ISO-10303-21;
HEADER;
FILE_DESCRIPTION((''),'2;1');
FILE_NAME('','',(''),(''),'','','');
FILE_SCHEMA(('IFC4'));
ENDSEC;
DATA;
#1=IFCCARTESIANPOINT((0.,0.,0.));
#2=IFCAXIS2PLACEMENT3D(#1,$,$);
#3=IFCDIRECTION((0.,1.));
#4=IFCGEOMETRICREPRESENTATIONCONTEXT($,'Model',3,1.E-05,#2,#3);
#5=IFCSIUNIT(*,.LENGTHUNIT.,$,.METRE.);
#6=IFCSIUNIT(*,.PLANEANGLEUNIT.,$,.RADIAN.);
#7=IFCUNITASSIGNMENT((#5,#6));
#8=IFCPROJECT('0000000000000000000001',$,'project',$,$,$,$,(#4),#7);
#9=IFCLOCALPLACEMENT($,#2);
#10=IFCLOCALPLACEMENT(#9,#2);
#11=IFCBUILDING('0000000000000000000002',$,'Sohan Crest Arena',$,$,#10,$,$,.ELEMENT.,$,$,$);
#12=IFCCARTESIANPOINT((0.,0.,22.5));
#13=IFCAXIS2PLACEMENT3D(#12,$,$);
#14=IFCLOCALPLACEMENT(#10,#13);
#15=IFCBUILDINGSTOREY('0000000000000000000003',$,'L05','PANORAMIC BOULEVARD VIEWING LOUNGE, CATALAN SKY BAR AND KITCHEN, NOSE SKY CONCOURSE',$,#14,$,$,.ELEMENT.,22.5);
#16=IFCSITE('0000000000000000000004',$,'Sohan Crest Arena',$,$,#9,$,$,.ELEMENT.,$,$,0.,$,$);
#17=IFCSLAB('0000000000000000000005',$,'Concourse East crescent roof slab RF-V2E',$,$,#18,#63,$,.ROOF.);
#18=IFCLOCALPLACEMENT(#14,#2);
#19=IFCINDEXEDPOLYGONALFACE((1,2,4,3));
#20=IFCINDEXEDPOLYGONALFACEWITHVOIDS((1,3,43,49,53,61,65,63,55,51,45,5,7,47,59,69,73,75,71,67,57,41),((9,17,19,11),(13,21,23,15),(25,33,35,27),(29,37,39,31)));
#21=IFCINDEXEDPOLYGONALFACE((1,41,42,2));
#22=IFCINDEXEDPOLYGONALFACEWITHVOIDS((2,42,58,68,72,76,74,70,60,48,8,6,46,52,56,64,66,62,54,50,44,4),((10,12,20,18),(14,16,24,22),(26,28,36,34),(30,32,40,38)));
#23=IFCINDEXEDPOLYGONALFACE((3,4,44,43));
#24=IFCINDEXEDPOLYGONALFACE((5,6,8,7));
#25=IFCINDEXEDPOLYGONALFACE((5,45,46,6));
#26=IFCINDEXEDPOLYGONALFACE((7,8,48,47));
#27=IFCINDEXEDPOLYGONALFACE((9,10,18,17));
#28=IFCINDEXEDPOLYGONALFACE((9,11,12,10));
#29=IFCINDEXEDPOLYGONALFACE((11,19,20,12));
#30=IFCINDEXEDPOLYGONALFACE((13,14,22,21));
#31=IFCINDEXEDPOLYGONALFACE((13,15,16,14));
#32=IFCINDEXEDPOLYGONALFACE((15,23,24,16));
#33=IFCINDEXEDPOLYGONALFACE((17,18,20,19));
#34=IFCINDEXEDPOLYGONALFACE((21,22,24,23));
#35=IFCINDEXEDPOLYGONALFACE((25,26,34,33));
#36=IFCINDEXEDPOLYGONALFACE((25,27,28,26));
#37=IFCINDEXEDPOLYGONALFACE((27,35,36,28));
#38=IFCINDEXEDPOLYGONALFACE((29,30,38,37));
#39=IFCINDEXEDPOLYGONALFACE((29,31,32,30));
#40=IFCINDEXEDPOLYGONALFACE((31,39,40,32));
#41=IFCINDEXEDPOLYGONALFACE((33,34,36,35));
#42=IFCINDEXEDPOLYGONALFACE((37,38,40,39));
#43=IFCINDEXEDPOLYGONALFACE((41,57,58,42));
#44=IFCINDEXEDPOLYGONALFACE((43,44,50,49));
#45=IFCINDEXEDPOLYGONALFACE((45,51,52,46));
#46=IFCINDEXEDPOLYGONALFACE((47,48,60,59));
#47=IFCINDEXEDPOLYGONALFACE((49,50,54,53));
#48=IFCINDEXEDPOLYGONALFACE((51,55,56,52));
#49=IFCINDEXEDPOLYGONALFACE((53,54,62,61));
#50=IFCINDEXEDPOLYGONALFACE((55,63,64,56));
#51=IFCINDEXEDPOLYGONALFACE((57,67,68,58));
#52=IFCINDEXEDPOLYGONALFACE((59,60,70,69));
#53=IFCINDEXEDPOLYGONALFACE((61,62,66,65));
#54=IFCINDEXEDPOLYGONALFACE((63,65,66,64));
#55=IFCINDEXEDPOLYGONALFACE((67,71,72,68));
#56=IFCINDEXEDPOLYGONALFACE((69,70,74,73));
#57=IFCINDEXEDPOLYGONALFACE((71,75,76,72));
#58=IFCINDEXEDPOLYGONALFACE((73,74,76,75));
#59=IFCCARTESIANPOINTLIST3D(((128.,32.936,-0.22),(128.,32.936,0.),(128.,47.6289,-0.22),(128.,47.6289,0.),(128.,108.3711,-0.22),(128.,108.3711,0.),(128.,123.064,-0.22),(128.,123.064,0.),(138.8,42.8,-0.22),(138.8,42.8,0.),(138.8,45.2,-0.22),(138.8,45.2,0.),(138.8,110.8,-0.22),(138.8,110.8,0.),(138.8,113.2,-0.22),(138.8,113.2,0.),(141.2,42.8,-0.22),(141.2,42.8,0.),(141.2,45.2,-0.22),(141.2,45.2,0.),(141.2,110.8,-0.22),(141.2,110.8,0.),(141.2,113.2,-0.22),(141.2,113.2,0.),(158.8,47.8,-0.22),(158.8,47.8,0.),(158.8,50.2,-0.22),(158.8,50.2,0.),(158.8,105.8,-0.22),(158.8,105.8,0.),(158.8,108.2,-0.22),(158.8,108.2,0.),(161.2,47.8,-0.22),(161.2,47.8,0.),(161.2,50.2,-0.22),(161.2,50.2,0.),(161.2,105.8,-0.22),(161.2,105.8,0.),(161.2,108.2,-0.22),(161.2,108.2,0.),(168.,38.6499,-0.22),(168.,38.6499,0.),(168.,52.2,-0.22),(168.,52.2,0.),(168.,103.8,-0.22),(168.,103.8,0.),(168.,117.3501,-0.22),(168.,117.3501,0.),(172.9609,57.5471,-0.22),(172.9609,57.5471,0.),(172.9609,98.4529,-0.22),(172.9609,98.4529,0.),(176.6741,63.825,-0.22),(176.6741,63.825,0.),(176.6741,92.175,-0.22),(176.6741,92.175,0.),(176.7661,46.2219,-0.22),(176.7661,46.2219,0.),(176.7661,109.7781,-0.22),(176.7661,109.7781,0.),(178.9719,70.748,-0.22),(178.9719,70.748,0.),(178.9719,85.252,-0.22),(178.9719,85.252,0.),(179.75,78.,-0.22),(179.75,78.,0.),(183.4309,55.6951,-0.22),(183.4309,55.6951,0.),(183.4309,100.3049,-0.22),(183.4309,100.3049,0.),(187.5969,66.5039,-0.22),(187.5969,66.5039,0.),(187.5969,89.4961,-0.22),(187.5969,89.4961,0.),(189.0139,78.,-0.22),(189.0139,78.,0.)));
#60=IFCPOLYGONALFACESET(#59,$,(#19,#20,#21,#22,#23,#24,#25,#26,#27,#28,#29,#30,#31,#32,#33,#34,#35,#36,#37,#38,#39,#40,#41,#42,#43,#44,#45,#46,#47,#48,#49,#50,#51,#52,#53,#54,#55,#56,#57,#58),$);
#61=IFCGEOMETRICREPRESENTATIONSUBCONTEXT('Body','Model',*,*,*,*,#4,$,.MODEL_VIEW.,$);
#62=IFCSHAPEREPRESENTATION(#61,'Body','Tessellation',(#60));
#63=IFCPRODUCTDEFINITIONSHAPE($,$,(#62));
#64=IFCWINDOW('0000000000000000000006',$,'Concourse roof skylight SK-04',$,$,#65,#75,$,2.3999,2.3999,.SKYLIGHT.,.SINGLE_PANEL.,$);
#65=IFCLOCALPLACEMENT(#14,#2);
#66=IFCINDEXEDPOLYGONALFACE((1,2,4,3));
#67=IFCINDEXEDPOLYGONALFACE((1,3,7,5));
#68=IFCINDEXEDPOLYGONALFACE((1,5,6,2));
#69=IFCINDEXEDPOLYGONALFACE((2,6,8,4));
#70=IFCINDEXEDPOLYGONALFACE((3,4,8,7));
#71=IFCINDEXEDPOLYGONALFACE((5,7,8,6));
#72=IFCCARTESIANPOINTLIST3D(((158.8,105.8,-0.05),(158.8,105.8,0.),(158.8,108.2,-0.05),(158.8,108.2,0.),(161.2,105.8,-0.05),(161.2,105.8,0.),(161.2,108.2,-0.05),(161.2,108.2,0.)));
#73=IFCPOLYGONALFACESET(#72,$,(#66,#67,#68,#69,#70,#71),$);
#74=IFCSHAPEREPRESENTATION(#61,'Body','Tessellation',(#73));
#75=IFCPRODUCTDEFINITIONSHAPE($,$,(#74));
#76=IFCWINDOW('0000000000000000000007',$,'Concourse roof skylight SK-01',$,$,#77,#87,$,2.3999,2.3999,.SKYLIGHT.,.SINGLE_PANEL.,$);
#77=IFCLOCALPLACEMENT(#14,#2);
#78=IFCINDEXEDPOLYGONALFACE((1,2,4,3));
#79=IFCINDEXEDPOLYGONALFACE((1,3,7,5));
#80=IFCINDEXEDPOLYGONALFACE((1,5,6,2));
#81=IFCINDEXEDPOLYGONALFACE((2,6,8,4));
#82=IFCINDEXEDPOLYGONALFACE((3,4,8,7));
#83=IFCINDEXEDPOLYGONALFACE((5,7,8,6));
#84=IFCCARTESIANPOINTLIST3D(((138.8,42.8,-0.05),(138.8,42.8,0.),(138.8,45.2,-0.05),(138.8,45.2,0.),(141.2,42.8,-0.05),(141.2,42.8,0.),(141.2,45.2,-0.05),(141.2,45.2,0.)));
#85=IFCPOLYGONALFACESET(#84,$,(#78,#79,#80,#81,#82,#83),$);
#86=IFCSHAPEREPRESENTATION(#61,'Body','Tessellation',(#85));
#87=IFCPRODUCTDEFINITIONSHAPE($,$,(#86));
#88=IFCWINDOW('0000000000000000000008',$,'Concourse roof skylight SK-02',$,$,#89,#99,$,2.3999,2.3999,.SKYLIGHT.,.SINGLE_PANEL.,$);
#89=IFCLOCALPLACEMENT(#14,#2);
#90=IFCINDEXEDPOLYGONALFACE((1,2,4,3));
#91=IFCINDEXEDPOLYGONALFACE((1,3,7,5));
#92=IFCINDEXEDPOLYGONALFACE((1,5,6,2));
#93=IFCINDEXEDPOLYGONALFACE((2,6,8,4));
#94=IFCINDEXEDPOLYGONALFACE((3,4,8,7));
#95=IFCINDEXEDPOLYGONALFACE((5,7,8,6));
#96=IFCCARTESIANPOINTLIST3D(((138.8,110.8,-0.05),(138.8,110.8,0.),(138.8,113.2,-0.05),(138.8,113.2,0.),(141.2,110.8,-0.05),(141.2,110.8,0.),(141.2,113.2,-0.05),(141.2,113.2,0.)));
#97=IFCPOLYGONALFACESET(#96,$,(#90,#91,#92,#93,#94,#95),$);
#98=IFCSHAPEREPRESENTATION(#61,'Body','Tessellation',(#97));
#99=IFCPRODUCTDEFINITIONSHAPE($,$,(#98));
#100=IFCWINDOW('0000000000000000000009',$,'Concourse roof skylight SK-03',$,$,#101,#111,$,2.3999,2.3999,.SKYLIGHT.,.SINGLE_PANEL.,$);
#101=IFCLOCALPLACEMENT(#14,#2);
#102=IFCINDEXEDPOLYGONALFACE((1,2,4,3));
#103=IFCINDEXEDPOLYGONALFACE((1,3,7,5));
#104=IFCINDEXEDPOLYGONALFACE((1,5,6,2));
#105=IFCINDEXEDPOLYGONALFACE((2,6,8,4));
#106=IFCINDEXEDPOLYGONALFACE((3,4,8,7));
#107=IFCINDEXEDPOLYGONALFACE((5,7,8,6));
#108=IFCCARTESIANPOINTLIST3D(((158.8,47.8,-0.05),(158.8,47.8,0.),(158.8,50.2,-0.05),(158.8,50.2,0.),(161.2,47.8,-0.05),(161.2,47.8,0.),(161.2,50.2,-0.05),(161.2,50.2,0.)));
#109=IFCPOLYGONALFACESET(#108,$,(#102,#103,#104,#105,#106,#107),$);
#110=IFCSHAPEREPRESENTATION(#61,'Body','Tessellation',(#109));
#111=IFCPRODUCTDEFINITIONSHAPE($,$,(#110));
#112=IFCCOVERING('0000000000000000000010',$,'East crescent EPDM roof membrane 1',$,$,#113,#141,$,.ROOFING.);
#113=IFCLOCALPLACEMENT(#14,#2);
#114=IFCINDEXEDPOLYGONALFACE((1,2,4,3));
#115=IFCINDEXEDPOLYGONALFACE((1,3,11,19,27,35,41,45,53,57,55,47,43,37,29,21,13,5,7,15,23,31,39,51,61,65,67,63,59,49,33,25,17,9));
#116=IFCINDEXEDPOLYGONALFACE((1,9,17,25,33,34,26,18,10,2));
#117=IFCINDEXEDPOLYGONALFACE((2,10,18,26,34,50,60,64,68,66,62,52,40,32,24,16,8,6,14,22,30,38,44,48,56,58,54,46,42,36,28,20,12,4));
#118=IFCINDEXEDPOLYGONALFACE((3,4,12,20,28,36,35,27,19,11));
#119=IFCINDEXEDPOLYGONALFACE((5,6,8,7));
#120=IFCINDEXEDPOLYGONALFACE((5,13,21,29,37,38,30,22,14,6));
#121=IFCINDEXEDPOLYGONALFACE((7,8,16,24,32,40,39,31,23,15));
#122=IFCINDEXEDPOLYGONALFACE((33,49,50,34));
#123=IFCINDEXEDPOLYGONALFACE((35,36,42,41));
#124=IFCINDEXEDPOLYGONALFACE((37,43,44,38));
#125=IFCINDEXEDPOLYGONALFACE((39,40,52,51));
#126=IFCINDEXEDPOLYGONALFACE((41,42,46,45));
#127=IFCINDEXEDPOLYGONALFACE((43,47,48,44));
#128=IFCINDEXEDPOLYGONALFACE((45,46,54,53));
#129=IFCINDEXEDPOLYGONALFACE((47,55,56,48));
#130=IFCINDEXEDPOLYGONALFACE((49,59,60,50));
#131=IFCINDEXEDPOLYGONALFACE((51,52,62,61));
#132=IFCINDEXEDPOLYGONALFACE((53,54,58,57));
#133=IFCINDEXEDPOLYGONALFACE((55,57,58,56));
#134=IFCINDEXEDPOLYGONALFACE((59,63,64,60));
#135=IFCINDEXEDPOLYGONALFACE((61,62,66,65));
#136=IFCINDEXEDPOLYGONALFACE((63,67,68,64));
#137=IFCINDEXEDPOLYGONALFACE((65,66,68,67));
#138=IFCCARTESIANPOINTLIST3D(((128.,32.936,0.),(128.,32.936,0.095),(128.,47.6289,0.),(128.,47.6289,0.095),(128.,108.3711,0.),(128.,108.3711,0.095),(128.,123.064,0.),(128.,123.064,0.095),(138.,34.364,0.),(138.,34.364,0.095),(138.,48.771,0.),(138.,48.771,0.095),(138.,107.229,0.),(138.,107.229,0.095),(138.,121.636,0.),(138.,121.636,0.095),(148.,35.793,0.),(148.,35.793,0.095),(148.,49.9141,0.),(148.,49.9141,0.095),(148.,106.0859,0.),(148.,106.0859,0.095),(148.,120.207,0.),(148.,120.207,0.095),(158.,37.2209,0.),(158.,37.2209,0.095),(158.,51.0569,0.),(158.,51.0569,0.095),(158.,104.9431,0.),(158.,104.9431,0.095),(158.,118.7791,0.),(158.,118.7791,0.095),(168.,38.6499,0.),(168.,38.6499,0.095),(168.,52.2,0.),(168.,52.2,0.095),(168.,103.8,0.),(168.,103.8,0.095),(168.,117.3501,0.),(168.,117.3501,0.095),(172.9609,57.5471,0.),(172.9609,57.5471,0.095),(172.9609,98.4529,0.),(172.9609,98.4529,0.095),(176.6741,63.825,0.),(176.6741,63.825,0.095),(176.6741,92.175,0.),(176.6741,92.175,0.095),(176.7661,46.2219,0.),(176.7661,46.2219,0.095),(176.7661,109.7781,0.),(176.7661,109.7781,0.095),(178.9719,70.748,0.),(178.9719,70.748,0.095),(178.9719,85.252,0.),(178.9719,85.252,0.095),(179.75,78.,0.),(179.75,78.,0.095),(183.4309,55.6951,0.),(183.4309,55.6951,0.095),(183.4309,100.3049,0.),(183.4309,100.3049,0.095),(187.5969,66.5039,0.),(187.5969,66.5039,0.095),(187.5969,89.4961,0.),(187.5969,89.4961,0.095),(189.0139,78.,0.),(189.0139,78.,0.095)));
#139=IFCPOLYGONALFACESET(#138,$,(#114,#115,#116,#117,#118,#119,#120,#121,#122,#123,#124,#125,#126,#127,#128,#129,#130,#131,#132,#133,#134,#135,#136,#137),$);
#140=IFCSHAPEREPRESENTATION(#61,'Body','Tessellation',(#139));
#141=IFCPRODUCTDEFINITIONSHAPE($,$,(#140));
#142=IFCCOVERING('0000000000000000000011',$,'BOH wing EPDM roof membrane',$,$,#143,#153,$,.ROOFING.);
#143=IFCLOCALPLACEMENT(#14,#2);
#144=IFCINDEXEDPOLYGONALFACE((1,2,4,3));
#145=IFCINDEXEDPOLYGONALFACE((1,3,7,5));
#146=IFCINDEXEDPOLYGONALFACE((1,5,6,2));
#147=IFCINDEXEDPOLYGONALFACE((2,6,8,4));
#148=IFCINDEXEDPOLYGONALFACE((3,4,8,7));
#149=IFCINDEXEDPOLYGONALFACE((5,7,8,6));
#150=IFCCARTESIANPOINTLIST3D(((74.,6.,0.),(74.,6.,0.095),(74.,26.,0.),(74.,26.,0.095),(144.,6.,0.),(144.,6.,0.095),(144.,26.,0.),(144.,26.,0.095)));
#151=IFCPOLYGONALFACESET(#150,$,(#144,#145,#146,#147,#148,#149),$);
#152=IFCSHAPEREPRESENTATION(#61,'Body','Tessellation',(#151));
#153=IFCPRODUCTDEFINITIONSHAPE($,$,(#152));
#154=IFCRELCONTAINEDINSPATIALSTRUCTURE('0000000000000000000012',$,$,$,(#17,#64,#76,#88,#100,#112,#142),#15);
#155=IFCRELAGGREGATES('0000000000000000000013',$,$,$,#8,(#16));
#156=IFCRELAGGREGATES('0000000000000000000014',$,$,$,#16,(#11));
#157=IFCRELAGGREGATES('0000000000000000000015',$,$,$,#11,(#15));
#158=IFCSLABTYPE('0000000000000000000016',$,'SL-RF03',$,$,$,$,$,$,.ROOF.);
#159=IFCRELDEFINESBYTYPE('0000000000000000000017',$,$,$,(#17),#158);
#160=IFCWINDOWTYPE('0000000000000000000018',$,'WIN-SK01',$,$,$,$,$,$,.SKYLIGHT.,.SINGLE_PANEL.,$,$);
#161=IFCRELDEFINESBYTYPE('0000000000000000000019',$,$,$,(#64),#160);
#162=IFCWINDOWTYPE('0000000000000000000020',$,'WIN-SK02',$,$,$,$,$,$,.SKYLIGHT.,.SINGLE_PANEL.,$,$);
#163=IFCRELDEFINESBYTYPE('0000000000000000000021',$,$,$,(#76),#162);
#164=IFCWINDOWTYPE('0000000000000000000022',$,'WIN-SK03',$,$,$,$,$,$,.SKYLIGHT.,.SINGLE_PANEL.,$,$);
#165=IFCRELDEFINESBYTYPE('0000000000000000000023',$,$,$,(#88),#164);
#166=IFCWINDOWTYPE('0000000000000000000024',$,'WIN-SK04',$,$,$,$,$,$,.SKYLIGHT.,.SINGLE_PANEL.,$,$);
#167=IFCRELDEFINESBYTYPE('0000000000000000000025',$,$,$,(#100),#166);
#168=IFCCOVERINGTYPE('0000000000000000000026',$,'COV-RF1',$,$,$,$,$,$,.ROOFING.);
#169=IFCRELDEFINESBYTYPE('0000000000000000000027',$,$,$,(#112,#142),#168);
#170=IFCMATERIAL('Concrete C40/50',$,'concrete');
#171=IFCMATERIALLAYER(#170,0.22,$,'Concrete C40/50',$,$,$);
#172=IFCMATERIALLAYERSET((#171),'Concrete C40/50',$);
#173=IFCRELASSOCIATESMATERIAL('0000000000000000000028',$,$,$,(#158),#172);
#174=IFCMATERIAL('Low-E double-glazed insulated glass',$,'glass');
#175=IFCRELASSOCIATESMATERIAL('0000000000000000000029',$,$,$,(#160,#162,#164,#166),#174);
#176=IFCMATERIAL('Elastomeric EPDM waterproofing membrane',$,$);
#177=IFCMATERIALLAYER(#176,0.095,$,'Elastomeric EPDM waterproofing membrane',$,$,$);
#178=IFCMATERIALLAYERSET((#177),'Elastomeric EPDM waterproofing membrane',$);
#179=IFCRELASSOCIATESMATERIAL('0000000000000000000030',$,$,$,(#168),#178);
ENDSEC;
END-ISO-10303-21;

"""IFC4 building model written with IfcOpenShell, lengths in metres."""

from ifc_helpers import new_model, si_unit, direction, frame, origin, origin_2d, place, context, subcontext, project, spatial, polyline, rectangle, outline, extrude, material, layer, layer_set, type_object, element, fill, save


model = new_model("IFC4")

# Units and contexts
model_context = context("Model", 3, precision=1e-05, world=origin(), true_north=direction((0.0, 1.0)))
body_context = subcontext(model_context, "Body", "Model", "MODEL_VIEW")
ifc_project = project(units=[si_unit("LENGTHUNIT", "METRE"), si_unit("PLANEANGLEUNIT", "RADIAN")], contexts=[model_context])

# Site, building, storey
site_placement = place(None, origin())
site = spatial("IfcSite", under=ifc_project, at=site_placement, Name="Sohan Crest Arena", CompositionType="ELEMENT", RefElevation=0.0)
building_placement = place(site_placement, origin())
building = spatial("IfcBuilding", under=site, at=building_placement, Name="Sohan Crest Arena", CompositionType="ELEMENT")
storey_placement = place(building_placement, frame((0.0, 0.0, 22.5)))
storey = spatial("IfcBuildingStorey", under=building, at=storey_placement, Name="L05", Description="PANORAMIC BOULEVARD VIEWING LOUNGE, CATALAN SKY BAR AND KITCHEN, NOSE SKY CONCOURSE", CompositionType="ELEMENT", Elevation=22.5)

# Shared definitions
ifc_material_1 = material(Name="Concrete C40/50", Category="concrete")

# Slab, openings, windows
ifc_layer_1 = layer(ifc_material_1, 0.22, Name="Concrete C40/50")
ifc_layer_set_1 = layer_set([ifc_layer_1], Name="Concrete C40/50")
slab_type_1 = type_object("IfcSlabType", Name="SL-RF03", PredefinedType="ROOF", material=ifc_layer_set_1)
slab_1_placement = place(storey_placement, frame((0.0, 0.0, -0.22)))
slab_1 = element("IfcSlab", 1, at=slab_1_placement, inside=storey, type_object=slab_type_1, Name="Concourse East crescent roof slab RF-V2E", PredefinedType="ROOF", context=body_context, shape_type="SweptSolid", body=[
    extrude(outline(polyline([(128.0, 123.064), (168.0, 117.3501), (176.7661, 109.7781), (183.4309, 100.3049), (187.5969, 89.4961), (189.0139, 78.0), (187.5969, 66.5039), (183.4309, 55.6951), (176.7661, 46.2219), (168.0, 38.6499), (128.0, 32.936), (128.0, 47.6289), (168.0, 52.2), (172.9609, 57.5471), (176.6741, 63.825), (178.9719, 70.748), (179.75, 78.0), (178.9719, 85.252), (176.6741, 92.175), (172.9609, 98.4529), (168.0, 103.8), (128.0, 108.3711), (128.0, 123.064)])), origin(), (0.0, 0.0, 1.0), 0.22),
])
opening_1_placement = place(slab_1_placement, frame((140.0, 44.0, 0.0)))
opening_1 = element("IfcOpeningElement", 2, at=opening_1_placement, cuts=slab_1, PredefinedType="OPENING", context=body_context, shape_type="SweptSolid", body=[
    extrude(rectangle(XDim=2.3999, YDim=2.3999, at=origin_2d()), origin(), (0.0, 0.0, 1.0), 0.22),
])
opening_2_placement = place(slab_1_placement, frame((140.0, 112.0, 0.0)))
opening_2 = element("IfcOpeningElement", 3, at=opening_2_placement, cuts=slab_1, PredefinedType="OPENING", context=body_context, shape_type="SweptSolid", body=[
    extrude(rectangle(XDim=2.3999, YDim=2.3999, at=origin_2d()), origin(), (0.0, 0.0, 1.0), 0.22),
])
opening_3_placement = place(slab_1_placement, frame((160.0, 49.0, 0.0)))
opening_3 = element("IfcOpeningElement", 4, at=opening_3_placement, cuts=slab_1, PredefinedType="OPENING", context=body_context, shape_type="SweptSolid", body=[
    extrude(rectangle(XDim=2.3999, YDim=2.3999, at=origin_2d()), origin(), (0.0, 0.0, 1.0), 0.22),
])
opening_4_placement = place(slab_1_placement, frame((160.0, 107.0, 0.0)))
opening_4 = element("IfcOpeningElement", 5, at=opening_4_placement, cuts=slab_1, PredefinedType="OPENING", context=body_context, shape_type="SweptSolid", body=[
    extrude(rectangle(XDim=2.3999, YDim=2.3999, at=origin_2d()), origin(), (0.0, 0.0, 1.0), 0.22),
])
ifc_material_2 = material(Name="Low-E double-glazed insulated glass", Category="glass")
window_type_1 = type_object("IfcWindowType", Name="WIN-SK01", PartitioningType="SINGLE_PANEL", PredefinedType="SKYLIGHT", material=ifc_material_2)
window_1_placement = place(opening_4_placement, frame((0.0, 0.0, 0.1699)))
window_1 = element("IfcWindow", 6, at=window_1_placement, inside=storey, type_object=window_type_1, Name="Concourse roof skylight SK-04", OverallHeight=2.3999, OverallWidth=2.3999, PartitioningType="SINGLE_PANEL", PredefinedType="SKYLIGHT", context=body_context, shape_type="SweptSolid", body=[
    extrude(rectangle(XDim=2.3999, YDim=2.3999, at=origin_2d()), origin(), (0.0, 0.0, 1.0), 0.05),
])
fill(opening_4, window_1)
window_type_2 = type_object("IfcWindowType", Name="WIN-SK02", PartitioningType="SINGLE_PANEL", PredefinedType="SKYLIGHT", material=ifc_material_2)
window_2_placement = place(opening_1_placement, frame((0.0, 0.0, 0.1699)))
window_2 = element("IfcWindow", 7, at=window_2_placement, inside=storey, type_object=window_type_2, Name="Concourse roof skylight SK-01", OverallHeight=2.3999, OverallWidth=2.3999, PartitioningType="SINGLE_PANEL", PredefinedType="SKYLIGHT", context=body_context, shape_type="SweptSolid", body=[
    extrude(rectangle(XDim=2.3999, YDim=2.3999, at=origin_2d()), origin(), (0.0, 0.0, 1.0), 0.05),
])
fill(opening_1, window_2)
window_type_3 = type_object("IfcWindowType", Name="WIN-SK03", PartitioningType="SINGLE_PANEL", PredefinedType="SKYLIGHT", material=ifc_material_2)
window_3_placement = place(opening_2_placement, frame((0.0, 0.0, 0.1699)))
window_3 = element("IfcWindow", 8, at=window_3_placement, inside=storey, type_object=window_type_3, Name="Concourse roof skylight SK-02", OverallHeight=2.3999, OverallWidth=2.3999, PartitioningType="SINGLE_PANEL", PredefinedType="SKYLIGHT", context=body_context, shape_type="SweptSolid", body=[
    extrude(rectangle(XDim=2.3999, YDim=2.3999, at=origin_2d()), origin(), (0.0, 0.0, 1.0), 0.05),
])
fill(opening_2, window_3)
window_type_4 = type_object("IfcWindowType", Name="WIN-SK04", PartitioningType="SINGLE_PANEL", PredefinedType="SKYLIGHT", material=ifc_material_2)
window_4_placement = place(opening_3_placement, frame((0.0, 0.0, 0.1699)))
window_4 = element("IfcWindow", 9, at=window_4_placement, inside=storey, type_object=window_type_4, Name="Concourse roof skylight SK-03", OverallHeight=2.3999, OverallWidth=2.3999, PartitioningType="SINGLE_PANEL", PredefinedType="SKYLIGHT", context=body_context, shape_type="SweptSolid", body=[
    extrude(rectangle(XDim=2.3999, YDim=2.3999, at=origin_2d()), origin(), (0.0, 0.0, 1.0), 0.05),
])
fill(opening_3, window_4)

# Coverings
ifc_material_3 = material(Name="Elastomeric EPDM waterproofing membrane")
ifc_layer_2 = layer(ifc_material_3, 0.095, Name="Elastomeric EPDM waterproofing membrane")
ifc_layer_set_2 = layer_set([ifc_layer_2], Name="Elastomeric EPDM waterproofing membrane")
covering_type = type_object("IfcCoveringType", Name="COV-RF1", PredefinedType="ROOFING", material=ifc_layer_set_2)
covering_1_placement = place(storey_placement, origin())
element("IfcCovering", 10, at=covering_1_placement, inside=storey, type_object=covering_type, Name="East crescent EPDM roof membrane 1", PredefinedType="ROOFING", context=body_context, shape_type="SweptSolid", body=[
    extrude(outline(polyline([(138.0, 121.636), (148.0, 120.207), (158.0, 118.7791), (168.0, 117.3501), (176.7661, 109.7781), (183.4309, 100.3049), (187.5969, 89.4961), (189.0139, 78.0), (187.5969, 66.5039), (183.4309, 55.6951), (176.7661, 46.2219), (168.0, 38.6499), (158.0, 37.2209), (148.0, 35.793), (138.0, 34.364), (128.0, 32.936), (128.0, 47.6289), (138.0, 48.771), (148.0, 49.9141), (158.0, 51.0569), (168.0, 52.2), (172.9609, 57.5471), (176.6741, 63.825), (178.9719, 70.748), (179.75, 78.0), (178.9719, 85.252), (176.6741, 92.175), (172.9609, 98.4529), (168.0, 103.8), (158.0, 104.9431), (148.0, 106.0859), (138.0, 107.229), (128.0, 108.3711), (128.0, 123.064), (138.0, 121.636)])), origin(), (0.0, 0.0, 1.0), 0.095),
])
covering_2_placement = place(storey_placement, origin())
element("IfcCovering", 11, at=covering_2_placement, inside=storey, type_object=covering_type, Name="BOH wing EPDM roof membrane", PredefinedType="ROOFING", context=body_context, shape_type="SweptSolid", body=[
    extrude(outline(polyline([(74.0, 6.0), (144.0, 6.0), (144.0, 26.0), (74.0, 26.0), (74.0, 6.0)])), origin(), (0.0, 0.0, 1.0), 0.095),
])

save(model, "model.ifc")
